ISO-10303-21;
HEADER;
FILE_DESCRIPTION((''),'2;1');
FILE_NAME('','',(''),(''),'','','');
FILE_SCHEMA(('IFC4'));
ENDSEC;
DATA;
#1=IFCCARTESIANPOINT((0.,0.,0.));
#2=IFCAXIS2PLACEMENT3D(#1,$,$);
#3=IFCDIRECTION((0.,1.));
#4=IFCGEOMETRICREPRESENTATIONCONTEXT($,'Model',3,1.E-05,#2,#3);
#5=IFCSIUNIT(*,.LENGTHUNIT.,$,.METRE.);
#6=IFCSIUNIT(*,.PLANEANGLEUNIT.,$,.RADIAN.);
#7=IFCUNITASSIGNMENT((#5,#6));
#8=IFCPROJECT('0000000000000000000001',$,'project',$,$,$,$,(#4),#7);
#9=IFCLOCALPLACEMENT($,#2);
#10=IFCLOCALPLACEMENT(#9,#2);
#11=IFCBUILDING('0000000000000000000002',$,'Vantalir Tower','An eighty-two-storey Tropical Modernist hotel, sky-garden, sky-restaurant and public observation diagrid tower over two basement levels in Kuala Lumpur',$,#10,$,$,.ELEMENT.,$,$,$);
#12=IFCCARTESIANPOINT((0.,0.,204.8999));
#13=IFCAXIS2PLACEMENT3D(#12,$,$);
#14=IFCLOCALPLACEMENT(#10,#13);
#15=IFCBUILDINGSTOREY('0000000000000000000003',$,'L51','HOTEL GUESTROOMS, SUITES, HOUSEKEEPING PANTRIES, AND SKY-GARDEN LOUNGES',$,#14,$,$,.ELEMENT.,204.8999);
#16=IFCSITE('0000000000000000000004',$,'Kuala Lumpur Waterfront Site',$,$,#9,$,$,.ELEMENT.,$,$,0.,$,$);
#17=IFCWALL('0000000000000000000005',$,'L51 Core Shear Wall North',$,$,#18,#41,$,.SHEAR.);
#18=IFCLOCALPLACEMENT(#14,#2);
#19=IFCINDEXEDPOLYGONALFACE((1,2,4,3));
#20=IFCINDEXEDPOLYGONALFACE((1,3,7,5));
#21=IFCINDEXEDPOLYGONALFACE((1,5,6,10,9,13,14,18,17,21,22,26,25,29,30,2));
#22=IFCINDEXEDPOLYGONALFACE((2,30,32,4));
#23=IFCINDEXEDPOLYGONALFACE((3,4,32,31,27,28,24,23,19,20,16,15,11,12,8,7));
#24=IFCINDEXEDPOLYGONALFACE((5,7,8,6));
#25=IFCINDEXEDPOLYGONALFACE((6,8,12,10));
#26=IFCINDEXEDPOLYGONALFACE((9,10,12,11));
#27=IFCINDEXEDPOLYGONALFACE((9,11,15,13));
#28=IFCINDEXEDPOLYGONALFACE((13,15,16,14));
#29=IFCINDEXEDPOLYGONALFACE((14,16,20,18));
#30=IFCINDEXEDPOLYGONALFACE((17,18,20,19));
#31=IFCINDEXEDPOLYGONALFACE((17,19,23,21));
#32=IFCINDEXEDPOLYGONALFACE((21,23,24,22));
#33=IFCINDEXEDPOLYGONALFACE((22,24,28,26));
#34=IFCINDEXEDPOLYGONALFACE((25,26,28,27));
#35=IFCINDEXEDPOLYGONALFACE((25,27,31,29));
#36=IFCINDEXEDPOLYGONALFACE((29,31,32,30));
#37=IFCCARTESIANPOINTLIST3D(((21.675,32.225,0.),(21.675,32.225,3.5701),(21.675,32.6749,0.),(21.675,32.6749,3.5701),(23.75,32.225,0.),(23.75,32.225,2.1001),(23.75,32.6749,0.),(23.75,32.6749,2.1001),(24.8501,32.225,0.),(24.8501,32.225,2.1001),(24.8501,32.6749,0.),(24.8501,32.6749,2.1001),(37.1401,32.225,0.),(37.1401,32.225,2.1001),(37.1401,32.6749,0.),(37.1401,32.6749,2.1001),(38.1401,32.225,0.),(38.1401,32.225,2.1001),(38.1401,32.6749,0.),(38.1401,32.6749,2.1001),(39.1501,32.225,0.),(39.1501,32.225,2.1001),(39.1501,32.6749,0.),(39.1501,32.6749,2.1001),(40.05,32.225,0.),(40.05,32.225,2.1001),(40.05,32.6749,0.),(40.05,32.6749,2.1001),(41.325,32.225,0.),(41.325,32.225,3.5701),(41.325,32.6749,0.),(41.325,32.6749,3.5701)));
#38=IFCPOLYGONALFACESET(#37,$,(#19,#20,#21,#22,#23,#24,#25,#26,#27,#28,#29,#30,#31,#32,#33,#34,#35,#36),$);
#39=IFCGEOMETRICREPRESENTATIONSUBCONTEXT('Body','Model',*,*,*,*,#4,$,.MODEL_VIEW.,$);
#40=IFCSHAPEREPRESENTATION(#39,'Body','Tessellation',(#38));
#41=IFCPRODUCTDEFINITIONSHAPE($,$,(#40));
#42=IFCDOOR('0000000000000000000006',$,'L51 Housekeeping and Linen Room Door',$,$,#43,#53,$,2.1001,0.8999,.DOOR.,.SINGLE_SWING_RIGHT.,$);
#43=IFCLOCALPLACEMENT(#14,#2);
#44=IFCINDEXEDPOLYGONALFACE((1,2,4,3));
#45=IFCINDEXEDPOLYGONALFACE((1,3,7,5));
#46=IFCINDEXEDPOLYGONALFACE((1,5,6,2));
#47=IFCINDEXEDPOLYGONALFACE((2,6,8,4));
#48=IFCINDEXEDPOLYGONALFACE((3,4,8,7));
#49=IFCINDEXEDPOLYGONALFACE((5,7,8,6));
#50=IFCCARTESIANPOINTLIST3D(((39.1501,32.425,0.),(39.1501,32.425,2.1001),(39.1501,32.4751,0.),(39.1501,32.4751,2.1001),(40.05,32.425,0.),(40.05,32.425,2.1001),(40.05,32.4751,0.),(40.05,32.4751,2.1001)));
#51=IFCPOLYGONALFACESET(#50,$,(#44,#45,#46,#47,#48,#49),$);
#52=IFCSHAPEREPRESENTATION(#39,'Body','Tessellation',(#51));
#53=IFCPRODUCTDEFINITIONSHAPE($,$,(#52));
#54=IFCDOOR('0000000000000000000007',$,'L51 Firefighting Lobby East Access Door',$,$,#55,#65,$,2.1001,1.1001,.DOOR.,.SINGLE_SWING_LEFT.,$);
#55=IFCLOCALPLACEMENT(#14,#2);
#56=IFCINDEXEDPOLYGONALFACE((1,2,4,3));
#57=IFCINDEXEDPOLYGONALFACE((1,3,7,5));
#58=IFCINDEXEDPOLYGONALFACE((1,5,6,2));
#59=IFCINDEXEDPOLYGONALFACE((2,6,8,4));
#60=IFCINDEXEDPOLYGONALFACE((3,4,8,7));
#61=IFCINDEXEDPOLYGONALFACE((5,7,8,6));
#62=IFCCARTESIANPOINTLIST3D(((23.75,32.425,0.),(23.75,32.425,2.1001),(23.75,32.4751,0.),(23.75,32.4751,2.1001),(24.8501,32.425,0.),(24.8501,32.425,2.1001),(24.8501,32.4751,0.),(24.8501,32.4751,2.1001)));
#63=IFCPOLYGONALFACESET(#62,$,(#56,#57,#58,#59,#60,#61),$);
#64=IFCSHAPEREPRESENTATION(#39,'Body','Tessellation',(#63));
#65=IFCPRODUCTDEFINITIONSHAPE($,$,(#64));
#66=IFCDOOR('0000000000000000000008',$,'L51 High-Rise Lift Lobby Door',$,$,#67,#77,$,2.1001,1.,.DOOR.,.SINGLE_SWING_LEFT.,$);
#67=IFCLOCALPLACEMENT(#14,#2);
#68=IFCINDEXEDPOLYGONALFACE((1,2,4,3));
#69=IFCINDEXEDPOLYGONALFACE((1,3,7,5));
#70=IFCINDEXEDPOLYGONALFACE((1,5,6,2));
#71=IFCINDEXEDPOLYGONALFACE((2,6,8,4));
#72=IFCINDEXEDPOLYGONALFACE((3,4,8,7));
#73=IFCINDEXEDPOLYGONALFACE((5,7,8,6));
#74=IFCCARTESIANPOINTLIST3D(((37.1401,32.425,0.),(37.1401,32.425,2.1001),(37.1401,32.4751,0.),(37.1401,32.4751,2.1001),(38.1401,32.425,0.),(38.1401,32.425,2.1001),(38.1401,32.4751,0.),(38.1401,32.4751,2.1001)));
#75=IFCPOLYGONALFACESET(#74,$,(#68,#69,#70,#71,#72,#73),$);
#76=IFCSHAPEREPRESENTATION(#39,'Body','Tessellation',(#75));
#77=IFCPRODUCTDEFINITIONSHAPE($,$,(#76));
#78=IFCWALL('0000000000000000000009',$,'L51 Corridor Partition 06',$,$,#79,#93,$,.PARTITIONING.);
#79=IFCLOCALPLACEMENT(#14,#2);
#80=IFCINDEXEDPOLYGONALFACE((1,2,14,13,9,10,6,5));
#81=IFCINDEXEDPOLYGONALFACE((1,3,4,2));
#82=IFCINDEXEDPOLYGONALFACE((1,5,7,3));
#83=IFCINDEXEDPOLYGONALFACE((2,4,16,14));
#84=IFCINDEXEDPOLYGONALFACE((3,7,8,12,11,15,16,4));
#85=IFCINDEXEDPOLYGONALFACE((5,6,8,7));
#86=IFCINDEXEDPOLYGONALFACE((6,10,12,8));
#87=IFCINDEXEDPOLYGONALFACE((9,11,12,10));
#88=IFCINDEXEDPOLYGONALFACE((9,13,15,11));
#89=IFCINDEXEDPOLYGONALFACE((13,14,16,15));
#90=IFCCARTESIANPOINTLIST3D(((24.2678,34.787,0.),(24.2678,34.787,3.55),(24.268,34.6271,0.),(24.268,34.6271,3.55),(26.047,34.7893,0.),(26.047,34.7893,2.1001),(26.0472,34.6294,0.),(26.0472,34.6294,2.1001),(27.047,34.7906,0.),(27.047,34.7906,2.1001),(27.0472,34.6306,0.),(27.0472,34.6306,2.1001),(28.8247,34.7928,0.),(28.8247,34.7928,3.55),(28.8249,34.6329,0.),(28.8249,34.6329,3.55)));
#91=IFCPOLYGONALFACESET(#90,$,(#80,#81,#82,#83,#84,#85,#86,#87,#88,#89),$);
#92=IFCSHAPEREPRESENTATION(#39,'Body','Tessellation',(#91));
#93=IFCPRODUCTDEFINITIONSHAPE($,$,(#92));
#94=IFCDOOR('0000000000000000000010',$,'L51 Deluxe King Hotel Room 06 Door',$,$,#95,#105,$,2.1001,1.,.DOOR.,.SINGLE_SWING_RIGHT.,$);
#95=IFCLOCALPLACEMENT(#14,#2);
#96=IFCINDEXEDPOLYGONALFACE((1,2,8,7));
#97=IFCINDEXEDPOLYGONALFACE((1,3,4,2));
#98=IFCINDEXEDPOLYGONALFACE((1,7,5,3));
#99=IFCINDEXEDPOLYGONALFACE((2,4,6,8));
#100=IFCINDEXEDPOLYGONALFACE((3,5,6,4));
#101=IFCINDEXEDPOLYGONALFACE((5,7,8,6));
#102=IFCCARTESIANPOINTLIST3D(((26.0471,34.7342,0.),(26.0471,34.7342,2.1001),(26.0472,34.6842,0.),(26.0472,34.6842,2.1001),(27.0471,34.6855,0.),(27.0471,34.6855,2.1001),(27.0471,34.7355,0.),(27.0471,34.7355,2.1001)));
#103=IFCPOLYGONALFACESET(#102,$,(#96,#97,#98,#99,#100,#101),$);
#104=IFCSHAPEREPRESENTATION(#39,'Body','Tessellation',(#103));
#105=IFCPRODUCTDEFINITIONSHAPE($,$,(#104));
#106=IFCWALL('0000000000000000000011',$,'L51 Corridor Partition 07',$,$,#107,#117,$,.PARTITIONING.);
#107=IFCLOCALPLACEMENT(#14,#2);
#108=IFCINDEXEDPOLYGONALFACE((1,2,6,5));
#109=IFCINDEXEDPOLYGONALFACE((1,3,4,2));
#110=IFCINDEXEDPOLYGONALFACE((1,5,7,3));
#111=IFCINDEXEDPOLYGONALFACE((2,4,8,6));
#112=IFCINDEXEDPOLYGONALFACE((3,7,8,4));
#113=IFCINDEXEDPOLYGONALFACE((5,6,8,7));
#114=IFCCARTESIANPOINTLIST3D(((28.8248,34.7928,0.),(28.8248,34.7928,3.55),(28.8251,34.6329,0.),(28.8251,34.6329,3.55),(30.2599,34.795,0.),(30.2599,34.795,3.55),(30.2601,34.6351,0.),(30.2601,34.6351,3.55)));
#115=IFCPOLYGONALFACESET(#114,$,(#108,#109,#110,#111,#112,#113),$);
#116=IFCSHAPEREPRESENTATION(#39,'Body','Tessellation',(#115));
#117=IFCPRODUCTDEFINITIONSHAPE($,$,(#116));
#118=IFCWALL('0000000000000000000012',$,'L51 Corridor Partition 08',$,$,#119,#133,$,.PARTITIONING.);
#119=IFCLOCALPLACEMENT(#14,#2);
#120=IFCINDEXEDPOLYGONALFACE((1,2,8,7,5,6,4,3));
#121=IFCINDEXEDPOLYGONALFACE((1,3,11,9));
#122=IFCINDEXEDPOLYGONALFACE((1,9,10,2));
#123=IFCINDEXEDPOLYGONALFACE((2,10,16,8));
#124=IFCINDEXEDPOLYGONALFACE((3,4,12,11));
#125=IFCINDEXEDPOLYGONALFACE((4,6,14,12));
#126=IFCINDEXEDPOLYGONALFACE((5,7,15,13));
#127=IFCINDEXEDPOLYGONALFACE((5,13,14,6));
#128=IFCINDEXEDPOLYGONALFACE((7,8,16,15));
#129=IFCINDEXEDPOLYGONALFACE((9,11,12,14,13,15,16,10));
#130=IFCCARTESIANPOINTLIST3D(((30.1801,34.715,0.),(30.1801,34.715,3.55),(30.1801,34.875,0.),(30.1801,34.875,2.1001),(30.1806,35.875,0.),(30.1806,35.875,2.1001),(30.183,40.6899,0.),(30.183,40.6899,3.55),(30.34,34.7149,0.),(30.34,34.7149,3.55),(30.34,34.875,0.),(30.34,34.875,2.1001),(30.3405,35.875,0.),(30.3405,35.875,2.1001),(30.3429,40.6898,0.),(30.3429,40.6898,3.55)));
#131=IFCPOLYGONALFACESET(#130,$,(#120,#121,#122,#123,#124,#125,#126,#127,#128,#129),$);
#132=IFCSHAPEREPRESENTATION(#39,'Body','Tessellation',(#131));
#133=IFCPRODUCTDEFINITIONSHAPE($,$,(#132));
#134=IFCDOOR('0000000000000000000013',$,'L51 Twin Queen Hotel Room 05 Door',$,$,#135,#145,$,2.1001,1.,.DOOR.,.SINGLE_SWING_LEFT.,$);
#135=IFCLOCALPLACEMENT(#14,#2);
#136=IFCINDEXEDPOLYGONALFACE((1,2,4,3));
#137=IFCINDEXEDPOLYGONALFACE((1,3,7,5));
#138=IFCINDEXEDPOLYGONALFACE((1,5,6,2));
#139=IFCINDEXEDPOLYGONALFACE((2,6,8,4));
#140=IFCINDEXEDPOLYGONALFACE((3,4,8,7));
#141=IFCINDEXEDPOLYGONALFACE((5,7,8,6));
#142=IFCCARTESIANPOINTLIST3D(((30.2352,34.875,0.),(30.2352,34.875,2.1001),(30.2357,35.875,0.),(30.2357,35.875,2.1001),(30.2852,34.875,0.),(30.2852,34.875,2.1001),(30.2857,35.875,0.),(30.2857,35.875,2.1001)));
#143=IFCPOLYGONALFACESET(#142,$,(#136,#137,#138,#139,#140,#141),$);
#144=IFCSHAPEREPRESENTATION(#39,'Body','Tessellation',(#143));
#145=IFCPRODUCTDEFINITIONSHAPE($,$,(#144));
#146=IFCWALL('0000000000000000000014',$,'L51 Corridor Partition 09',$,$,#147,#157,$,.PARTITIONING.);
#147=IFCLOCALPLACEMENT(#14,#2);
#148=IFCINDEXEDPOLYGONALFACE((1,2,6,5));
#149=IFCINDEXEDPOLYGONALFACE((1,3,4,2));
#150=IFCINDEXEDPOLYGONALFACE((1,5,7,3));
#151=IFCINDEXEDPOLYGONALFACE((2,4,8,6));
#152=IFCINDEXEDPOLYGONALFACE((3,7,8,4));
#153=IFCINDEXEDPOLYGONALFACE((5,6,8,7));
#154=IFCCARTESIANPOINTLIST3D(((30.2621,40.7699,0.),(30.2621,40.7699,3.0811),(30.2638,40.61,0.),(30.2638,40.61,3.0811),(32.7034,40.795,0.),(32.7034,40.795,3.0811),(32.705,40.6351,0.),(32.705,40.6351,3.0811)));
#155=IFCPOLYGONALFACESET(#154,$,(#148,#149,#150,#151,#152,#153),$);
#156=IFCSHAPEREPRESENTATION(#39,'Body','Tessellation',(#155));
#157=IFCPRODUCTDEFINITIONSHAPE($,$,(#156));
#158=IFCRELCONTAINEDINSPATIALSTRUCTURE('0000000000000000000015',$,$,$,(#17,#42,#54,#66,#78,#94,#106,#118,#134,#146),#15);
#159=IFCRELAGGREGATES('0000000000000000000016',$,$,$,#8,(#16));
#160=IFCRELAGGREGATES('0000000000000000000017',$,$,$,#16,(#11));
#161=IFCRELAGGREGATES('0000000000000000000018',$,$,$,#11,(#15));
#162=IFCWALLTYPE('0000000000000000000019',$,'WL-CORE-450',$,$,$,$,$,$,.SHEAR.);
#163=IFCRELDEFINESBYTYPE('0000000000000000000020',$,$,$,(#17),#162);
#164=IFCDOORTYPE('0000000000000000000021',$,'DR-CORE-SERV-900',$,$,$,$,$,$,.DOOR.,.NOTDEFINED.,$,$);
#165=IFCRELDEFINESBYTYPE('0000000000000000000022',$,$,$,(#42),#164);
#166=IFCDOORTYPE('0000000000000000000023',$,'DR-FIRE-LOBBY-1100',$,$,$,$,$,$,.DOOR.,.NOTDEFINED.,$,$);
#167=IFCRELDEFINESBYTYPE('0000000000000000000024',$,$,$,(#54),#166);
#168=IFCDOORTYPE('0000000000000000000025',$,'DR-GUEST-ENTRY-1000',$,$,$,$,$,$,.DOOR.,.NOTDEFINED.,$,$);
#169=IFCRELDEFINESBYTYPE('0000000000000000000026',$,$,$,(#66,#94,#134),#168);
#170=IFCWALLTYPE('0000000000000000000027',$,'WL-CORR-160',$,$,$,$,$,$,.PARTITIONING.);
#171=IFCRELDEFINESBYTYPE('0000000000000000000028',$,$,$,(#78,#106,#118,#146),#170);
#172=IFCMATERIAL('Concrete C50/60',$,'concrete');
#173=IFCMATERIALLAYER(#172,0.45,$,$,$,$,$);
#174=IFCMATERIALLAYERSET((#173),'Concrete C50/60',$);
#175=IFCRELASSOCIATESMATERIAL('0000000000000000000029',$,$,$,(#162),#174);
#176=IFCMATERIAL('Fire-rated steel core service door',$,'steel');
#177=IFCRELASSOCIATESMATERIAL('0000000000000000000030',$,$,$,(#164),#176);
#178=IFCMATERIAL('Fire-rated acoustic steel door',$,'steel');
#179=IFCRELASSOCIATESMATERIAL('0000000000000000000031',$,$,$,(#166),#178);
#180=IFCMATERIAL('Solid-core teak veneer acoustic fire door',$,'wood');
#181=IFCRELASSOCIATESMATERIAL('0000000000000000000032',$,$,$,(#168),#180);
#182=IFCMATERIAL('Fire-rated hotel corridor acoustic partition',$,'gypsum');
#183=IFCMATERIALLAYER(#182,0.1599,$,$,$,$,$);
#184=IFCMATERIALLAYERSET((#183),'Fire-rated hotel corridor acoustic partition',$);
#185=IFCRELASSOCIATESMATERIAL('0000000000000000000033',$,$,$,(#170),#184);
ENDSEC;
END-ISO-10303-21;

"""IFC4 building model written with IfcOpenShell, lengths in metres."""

from ifc_helpers import new_model, si_unit, direction, frame, frame_2d, origin, place, context, subcontext, project, spatial, rectangle, extrude, material, layer, layer_set, type_object, element, fill, save


model = new_model("IFC4")

# Units and contexts
model_context = context("Model", 3, precision=1e-05, world=origin(), true_north=direction((0.0, 1.0)))
body_context = subcontext(model_context, "Body", "Model", "MODEL_VIEW")
ifc_project = project(units=[si_unit("LENGTHUNIT", "METRE"), si_unit("PLANEANGLEUNIT", "RADIAN")], contexts=[model_context])

# Site, building, storey
site_placement = place(None, origin())
site = spatial("IfcSite", under=ifc_project, at=site_placement, Name="Kuala Lumpur Waterfront Site", CompositionType="ELEMENT", RefElevation=0.0)
building_placement = place(site_placement, origin())
building = spatial("IfcBuilding", under=site, at=building_placement, Name="Vantalir Tower", Description="An eighty-two-storey Tropical Modernist hotel, sky-garden, sky-restaurant and public observation diagrid tower over two basement levels in Kuala Lumpur", CompositionType="ELEMENT")
storey_placement = place(building_placement, frame((0.0, 0.0, 204.8999)))
storey = spatial("IfcBuildingStorey", under=building, at=storey_placement, Name="L51", Description="HOTEL GUESTROOMS, SUITES, HOUSEKEEPING PANTRIES, AND SKY-GARDEN LOUNGES", CompositionType="ELEMENT", Elevation=204.8999)

# Shared definitions
ifc_material_1 = material(Name="Concrete C50/60", Category="concrete")

# Wall, openings, doors
ifc_layer_1 = layer(ifc_material_1, 0.45)
ifc_layer_set_1 = layer_set([ifc_layer_1], Name="Concrete C50/60")
wall_type_1 = type_object("IfcWallType", Name="WL-CORE-450", PredefinedType="SHEAR", material=ifc_layer_set_1)
wall_1_placement = place(storey_placement, frame((21.675, 32.45, 0.0), z_axis=(0.0, 0.0, 1.0), x_axis=(1.0, 0.0, 0.0)))
wall_1 = element("IfcWall", 1, at=wall_1_placement, inside=storey, type_object=wall_type_1, Name="L51 Core Shear Wall North", PredefinedType="SHEAR", context=body_context, shape_type="SweptSolid", body=[
    extrude(rectangle(XDim=19.6499, YDim=0.45, at=frame_2d((9.825, 0.0))), origin(), (0.0, 0.0, 1.0), 3.5701),
])
opening_1_placement = place(wall_1_placement, frame((2.075, 0.0, 0.0)))
opening_1 = element("IfcOpeningElement", 2, at=opening_1_placement, cuts=wall_1, PredefinedType="OPENING", context=body_context, shape_type="SweptSolid", body=[
    extrude(rectangle(XDim=1.1001, YDim=2.1001, at=frame_2d((0.55, 1.05))), frame((0.0, 0.2349, 0.0), z_axis=(0.0, -1.0, 0.0), x_axis=(1.0, 0.0, 0.0)), (0.0, 0.0, 1.0), 0.47),
])
opening_2_placement = place(wall_1_placement, frame((15.4651, 0.0, 0.0)))
opening_2 = element("IfcOpeningElement", 3, at=opening_2_placement, cuts=wall_1, PredefinedType="OPENING", context=body_context, shape_type="SweptSolid", body=[
    extrude(rectangle(XDim=1.0, YDim=2.1001, at=frame_2d((0.5, 1.05))), frame((0.0, 0.2349, 0.0), z_axis=(0.0, -1.0, 0.0), x_axis=(1.0, 0.0, 0.0)), (0.0, 0.0, 1.0), 0.47),
])
opening_3_placement = place(wall_1_placement, frame((17.4751, 0.0, 0.0)))
opening_3 = element("IfcOpeningElement", 4, at=opening_3_placement, cuts=wall_1, PredefinedType="OPENING", context=body_context, shape_type="SweptSolid", body=[
    extrude(rectangle(XDim=0.8999, YDim=2.1001, at=frame_2d((0.45, 1.05))), frame((0.0, 0.2349, 0.0), z_axis=(0.0, -1.0, 0.0), x_axis=(1.0, 0.0, 0.0)), (0.0, 0.0, 1.0), 0.47),
])
ifc_material_2 = material(Name="Fire-rated steel core service door", Category="steel")
door_type_1 = type_object("IfcDoorType", Name="DR-CORE-SERV-900", OperationType="NOTDEFINED", PredefinedType="DOOR", material=ifc_material_2)
door_1_placement = place(opening_3_placement, frame((0.8999, 0.0, 0.0), z_axis=(0.0, 0.0, 1.0), x_axis=(-1.0, 0.0, 0.0)))
door_1 = element("IfcDoor", 5, at=door_1_placement, inside=storey, type_object=door_type_1, Name="L51 Housekeeping and Linen Room Door", OperationType="SINGLE_SWING_RIGHT", OverallHeight=2.1001, OverallWidth=0.8999, PredefinedType="DOOR", context=body_context, shape_type="SweptSolid", body=[
    extrude(rectangle(XDim=0.8999, YDim=2.1001, at=frame_2d((0.45, 1.05))), frame((0.0, 0.0249, 0.0), z_axis=(0.0, -1.0, 0.0), x_axis=(1.0, 0.0, 0.0)), (0.0, 0.0, 1.0), 0.05),
])
fill(opening_3, door_1)
ifc_material_3 = material(Name="Fire-rated acoustic steel door", Category="steel")
door_type_2 = type_object("IfcDoorType", Name="DR-FIRE-LOBBY-1100", OperationType="NOTDEFINED", PredefinedType="DOOR", material=ifc_material_3)
door_2_placement = place(opening_1_placement, frame((1.1001, 0.0, 0.0), z_axis=(0.0, 0.0, 1.0), x_axis=(-1.0, 0.0, 0.0)))
door_2 = element("IfcDoor", 6, at=door_2_placement, inside=storey, type_object=door_type_2, Name="L51 Firefighting Lobby East Access Door", OperationType="SINGLE_SWING_LEFT", OverallHeight=2.1001, OverallWidth=1.1001, PredefinedType="DOOR", context=body_context, shape_type="SweptSolid", body=[
    extrude(rectangle(XDim=1.1001, YDim=2.1001, at=frame_2d((0.55, 1.05))), frame((0.0, 0.0249, 0.0), z_axis=(0.0, -1.0, 0.0), x_axis=(1.0, 0.0, 0.0)), (0.0, 0.0, 1.0), 0.05),
])
fill(opening_1, door_2)
ifc_material_4 = material(Name="Solid-core teak veneer acoustic fire door", Category="wood")
door_type_3 = type_object("IfcDoorType", Name="DR-GUEST-ENTRY-1000", OperationType="NOTDEFINED", PredefinedType="DOOR", material=ifc_material_4)
door_3_placement = place(opening_2_placement, frame((1.0, 0.0, 0.0), z_axis=(0.0, 0.0, 1.0), x_axis=(-1.0, 0.0, 0.0)))
door_3 = element("IfcDoor", 7, at=door_3_placement, inside=storey, type_object=door_type_3, Name="L51 High-Rise Lift Lobby Door", OperationType="SINGLE_SWING_LEFT", OverallHeight=2.1001, OverallWidth=1.0, PredefinedType="DOOR", context=body_context, shape_type="SweptSolid", body=[
    extrude(rectangle(XDim=1.0, YDim=2.1001, at=frame_2d((0.5, 1.05))), frame((0.0, 0.0249, 0.0), z_axis=(0.0, -1.0, 0.0), x_axis=(1.0, 0.0, 0.0)), (0.0, 0.0, 1.0), 0.05),
])
fill(opening_2, door_3)

# Wall, opening, door
ifc_material_5 = material(Name="Fire-rated hotel corridor acoustic partition", Category="gypsum")
ifc_layer_2 = layer(ifc_material_5, 0.1599)
ifc_layer_set_2 = layer_set([ifc_layer_2], Name="Fire-rated hotel corridor acoustic partition")
wall_type_2 = type_object("IfcWallType", Name="WL-CORR-160", PredefinedType="PARTITIONING", material=ifc_layer_set_2)
wall_2_placement = place(storey_placement, frame((24.2681, 34.707, 0.0), z_axis=(0.0, 0.0, 1.0), x_axis=(0.999999, 0.001286, 0.0)))
wall_2 = element("IfcWall", 8, at=wall_2_placement, inside=storey, type_object=wall_type_2, Name="L51 Corridor Partition 06", PredefinedType="PARTITIONING", context=body_context, shape_type="SweptSolid", body=[
    extrude(rectangle(XDim=4.5569, YDim=0.1599, at=frame_2d((2.2783, 0.0))), origin(), (0.0, 0.0, 1.0), 3.55),
])
opening_4_placement = place(wall_2_placement, frame((1.7791, 0.0, 0.0)))
opening_4 = element("IfcOpeningElement", 9, at=opening_4_placement, cuts=wall_2, PredefinedType="OPENING", context=body_context, shape_type="SweptSolid", body=[
    extrude(rectangle(XDim=1.0, YDim=2.1001, at=frame_2d((0.5, 1.05))), frame((0.0, 0.0898, 0.0), z_axis=(0.0, -1.0, 0.0), x_axis=(1.0, 0.0, 0.0)), (0.0, 0.0, 1.0), 0.1799),
])
door_4_placement = place(opening_4_placement, origin())
door_4 = element("IfcDoor", 10, at=door_4_placement, inside=storey, type_object=door_type_3, Name="L51 Deluxe King Hotel Room 06 Door", OperationType="SINGLE_SWING_RIGHT", OverallHeight=2.1001, OverallWidth=1.0, PredefinedType="DOOR", context=body_context, shape_type="SweptSolid", body=[
    extrude(rectangle(XDim=1.0, YDim=2.1001, at=frame_2d((0.5, 1.05))), frame((0.0, 0.0249, 0.0), z_axis=(0.0, -1.0, 0.0), x_axis=(1.0, 0.0, 0.0)), (0.0, 0.0, 1.0), 0.05),
])
fill(opening_4, door_4)

# Wall
wall_3_placement = place(storey_placement, frame((28.825, 34.7129, 0.0), z_axis=(0.0, 0.0, 1.0), x_axis=(0.999999, 0.001531, 0.0)))
element("IfcWall", 11, at=wall_3_placement, inside=storey, type_object=wall_type_2, Name="L51 Corridor Partition 07", PredefinedType="PARTITIONING", context=body_context, shape_type="SweptSolid", body=[
    extrude(rectangle(XDim=1.4351, YDim=0.1599, at=frame_2d((0.7175, 0.0))), origin(), (0.0, 0.0, 1.0), 3.55),
])

# Wall, opening, door
wall_4_placement = place(storey_placement, frame((30.26, 34.7151, 0.0), z_axis=(0.0, 0.0, 1.0), x_axis=(0.00049, 1.0, 0.0)))
wall_4 = element("IfcWall", 12, at=wall_4_placement, inside=storey, type_object=wall_type_2, Name="L51 Corridor Partition 08", PredefinedType="PARTITIONING", context=body_context, shape_type="SweptSolid", body=[
    extrude(rectangle(XDim=5.9749, YDim=0.1599, at=frame_2d((2.9873, 0.0))), origin(), (0.0, 0.0, 1.0), 3.55),
])
opening_5_placement = place(wall_4_placement, frame((0.1599, 0.0, 0.0)))
opening_5 = element("IfcOpeningElement", 13, at=opening_5_placement, cuts=wall_4, PredefinedType="OPENING", context=body_context, shape_type="SweptSolid", body=[
    extrude(rectangle(XDim=1.0, YDim=2.1001, at=frame_2d((0.5, 1.05))), frame((0.0, 0.0898, 0.0), z_axis=(0.0, -1.0, 0.0), x_axis=(1.0, 0.0, 0.0)), (0.0, 0.0, 1.0), 0.1799),
])
door_5_placement = place(opening_5_placement, origin())
door_5 = element("IfcDoor", 14, at=door_5_placement, inside=storey, type_object=door_type_3, Name="L51 Twin Queen Hotel Room 05 Door", OperationType="SINGLE_SWING_LEFT", OverallHeight=2.1001, OverallWidth=1.0, PredefinedType="DOOR", context=body_context, shape_type="SweptSolid", body=[
    extrude(rectangle(XDim=1.0, YDim=2.1001, at=frame_2d((0.5, 1.05))), frame((0.0, 0.0249, 0.0), z_axis=(0.0, -1.0, 0.0), x_axis=(1.0, 0.0, 0.0)), (0.0, 0.0, 1.0), 0.05),
])
fill(opening_5, door_5)

# Wall
wall_5_placement = place(storey_placement, frame((30.2629, 40.6899, 0.0), z_axis=(0.0, 0.0, 1.0), x_axis=(0.999947, 0.0103, 0.0)))
element("IfcWall", 15, at=wall_5_placement, inside=storey, type_object=wall_type_2, Name="L51 Corridor Partition 09", PredefinedType="PARTITIONING", context=body_context, shape_type="SweptSolid", body=[
    extrude(rectangle(XDim=2.4414, YDim=0.1599, at=frame_2d((1.2207, 0.0))), origin(), (0.0, 0.0, 1.0), 3.0811),
])

save(model, "model.ifc")
